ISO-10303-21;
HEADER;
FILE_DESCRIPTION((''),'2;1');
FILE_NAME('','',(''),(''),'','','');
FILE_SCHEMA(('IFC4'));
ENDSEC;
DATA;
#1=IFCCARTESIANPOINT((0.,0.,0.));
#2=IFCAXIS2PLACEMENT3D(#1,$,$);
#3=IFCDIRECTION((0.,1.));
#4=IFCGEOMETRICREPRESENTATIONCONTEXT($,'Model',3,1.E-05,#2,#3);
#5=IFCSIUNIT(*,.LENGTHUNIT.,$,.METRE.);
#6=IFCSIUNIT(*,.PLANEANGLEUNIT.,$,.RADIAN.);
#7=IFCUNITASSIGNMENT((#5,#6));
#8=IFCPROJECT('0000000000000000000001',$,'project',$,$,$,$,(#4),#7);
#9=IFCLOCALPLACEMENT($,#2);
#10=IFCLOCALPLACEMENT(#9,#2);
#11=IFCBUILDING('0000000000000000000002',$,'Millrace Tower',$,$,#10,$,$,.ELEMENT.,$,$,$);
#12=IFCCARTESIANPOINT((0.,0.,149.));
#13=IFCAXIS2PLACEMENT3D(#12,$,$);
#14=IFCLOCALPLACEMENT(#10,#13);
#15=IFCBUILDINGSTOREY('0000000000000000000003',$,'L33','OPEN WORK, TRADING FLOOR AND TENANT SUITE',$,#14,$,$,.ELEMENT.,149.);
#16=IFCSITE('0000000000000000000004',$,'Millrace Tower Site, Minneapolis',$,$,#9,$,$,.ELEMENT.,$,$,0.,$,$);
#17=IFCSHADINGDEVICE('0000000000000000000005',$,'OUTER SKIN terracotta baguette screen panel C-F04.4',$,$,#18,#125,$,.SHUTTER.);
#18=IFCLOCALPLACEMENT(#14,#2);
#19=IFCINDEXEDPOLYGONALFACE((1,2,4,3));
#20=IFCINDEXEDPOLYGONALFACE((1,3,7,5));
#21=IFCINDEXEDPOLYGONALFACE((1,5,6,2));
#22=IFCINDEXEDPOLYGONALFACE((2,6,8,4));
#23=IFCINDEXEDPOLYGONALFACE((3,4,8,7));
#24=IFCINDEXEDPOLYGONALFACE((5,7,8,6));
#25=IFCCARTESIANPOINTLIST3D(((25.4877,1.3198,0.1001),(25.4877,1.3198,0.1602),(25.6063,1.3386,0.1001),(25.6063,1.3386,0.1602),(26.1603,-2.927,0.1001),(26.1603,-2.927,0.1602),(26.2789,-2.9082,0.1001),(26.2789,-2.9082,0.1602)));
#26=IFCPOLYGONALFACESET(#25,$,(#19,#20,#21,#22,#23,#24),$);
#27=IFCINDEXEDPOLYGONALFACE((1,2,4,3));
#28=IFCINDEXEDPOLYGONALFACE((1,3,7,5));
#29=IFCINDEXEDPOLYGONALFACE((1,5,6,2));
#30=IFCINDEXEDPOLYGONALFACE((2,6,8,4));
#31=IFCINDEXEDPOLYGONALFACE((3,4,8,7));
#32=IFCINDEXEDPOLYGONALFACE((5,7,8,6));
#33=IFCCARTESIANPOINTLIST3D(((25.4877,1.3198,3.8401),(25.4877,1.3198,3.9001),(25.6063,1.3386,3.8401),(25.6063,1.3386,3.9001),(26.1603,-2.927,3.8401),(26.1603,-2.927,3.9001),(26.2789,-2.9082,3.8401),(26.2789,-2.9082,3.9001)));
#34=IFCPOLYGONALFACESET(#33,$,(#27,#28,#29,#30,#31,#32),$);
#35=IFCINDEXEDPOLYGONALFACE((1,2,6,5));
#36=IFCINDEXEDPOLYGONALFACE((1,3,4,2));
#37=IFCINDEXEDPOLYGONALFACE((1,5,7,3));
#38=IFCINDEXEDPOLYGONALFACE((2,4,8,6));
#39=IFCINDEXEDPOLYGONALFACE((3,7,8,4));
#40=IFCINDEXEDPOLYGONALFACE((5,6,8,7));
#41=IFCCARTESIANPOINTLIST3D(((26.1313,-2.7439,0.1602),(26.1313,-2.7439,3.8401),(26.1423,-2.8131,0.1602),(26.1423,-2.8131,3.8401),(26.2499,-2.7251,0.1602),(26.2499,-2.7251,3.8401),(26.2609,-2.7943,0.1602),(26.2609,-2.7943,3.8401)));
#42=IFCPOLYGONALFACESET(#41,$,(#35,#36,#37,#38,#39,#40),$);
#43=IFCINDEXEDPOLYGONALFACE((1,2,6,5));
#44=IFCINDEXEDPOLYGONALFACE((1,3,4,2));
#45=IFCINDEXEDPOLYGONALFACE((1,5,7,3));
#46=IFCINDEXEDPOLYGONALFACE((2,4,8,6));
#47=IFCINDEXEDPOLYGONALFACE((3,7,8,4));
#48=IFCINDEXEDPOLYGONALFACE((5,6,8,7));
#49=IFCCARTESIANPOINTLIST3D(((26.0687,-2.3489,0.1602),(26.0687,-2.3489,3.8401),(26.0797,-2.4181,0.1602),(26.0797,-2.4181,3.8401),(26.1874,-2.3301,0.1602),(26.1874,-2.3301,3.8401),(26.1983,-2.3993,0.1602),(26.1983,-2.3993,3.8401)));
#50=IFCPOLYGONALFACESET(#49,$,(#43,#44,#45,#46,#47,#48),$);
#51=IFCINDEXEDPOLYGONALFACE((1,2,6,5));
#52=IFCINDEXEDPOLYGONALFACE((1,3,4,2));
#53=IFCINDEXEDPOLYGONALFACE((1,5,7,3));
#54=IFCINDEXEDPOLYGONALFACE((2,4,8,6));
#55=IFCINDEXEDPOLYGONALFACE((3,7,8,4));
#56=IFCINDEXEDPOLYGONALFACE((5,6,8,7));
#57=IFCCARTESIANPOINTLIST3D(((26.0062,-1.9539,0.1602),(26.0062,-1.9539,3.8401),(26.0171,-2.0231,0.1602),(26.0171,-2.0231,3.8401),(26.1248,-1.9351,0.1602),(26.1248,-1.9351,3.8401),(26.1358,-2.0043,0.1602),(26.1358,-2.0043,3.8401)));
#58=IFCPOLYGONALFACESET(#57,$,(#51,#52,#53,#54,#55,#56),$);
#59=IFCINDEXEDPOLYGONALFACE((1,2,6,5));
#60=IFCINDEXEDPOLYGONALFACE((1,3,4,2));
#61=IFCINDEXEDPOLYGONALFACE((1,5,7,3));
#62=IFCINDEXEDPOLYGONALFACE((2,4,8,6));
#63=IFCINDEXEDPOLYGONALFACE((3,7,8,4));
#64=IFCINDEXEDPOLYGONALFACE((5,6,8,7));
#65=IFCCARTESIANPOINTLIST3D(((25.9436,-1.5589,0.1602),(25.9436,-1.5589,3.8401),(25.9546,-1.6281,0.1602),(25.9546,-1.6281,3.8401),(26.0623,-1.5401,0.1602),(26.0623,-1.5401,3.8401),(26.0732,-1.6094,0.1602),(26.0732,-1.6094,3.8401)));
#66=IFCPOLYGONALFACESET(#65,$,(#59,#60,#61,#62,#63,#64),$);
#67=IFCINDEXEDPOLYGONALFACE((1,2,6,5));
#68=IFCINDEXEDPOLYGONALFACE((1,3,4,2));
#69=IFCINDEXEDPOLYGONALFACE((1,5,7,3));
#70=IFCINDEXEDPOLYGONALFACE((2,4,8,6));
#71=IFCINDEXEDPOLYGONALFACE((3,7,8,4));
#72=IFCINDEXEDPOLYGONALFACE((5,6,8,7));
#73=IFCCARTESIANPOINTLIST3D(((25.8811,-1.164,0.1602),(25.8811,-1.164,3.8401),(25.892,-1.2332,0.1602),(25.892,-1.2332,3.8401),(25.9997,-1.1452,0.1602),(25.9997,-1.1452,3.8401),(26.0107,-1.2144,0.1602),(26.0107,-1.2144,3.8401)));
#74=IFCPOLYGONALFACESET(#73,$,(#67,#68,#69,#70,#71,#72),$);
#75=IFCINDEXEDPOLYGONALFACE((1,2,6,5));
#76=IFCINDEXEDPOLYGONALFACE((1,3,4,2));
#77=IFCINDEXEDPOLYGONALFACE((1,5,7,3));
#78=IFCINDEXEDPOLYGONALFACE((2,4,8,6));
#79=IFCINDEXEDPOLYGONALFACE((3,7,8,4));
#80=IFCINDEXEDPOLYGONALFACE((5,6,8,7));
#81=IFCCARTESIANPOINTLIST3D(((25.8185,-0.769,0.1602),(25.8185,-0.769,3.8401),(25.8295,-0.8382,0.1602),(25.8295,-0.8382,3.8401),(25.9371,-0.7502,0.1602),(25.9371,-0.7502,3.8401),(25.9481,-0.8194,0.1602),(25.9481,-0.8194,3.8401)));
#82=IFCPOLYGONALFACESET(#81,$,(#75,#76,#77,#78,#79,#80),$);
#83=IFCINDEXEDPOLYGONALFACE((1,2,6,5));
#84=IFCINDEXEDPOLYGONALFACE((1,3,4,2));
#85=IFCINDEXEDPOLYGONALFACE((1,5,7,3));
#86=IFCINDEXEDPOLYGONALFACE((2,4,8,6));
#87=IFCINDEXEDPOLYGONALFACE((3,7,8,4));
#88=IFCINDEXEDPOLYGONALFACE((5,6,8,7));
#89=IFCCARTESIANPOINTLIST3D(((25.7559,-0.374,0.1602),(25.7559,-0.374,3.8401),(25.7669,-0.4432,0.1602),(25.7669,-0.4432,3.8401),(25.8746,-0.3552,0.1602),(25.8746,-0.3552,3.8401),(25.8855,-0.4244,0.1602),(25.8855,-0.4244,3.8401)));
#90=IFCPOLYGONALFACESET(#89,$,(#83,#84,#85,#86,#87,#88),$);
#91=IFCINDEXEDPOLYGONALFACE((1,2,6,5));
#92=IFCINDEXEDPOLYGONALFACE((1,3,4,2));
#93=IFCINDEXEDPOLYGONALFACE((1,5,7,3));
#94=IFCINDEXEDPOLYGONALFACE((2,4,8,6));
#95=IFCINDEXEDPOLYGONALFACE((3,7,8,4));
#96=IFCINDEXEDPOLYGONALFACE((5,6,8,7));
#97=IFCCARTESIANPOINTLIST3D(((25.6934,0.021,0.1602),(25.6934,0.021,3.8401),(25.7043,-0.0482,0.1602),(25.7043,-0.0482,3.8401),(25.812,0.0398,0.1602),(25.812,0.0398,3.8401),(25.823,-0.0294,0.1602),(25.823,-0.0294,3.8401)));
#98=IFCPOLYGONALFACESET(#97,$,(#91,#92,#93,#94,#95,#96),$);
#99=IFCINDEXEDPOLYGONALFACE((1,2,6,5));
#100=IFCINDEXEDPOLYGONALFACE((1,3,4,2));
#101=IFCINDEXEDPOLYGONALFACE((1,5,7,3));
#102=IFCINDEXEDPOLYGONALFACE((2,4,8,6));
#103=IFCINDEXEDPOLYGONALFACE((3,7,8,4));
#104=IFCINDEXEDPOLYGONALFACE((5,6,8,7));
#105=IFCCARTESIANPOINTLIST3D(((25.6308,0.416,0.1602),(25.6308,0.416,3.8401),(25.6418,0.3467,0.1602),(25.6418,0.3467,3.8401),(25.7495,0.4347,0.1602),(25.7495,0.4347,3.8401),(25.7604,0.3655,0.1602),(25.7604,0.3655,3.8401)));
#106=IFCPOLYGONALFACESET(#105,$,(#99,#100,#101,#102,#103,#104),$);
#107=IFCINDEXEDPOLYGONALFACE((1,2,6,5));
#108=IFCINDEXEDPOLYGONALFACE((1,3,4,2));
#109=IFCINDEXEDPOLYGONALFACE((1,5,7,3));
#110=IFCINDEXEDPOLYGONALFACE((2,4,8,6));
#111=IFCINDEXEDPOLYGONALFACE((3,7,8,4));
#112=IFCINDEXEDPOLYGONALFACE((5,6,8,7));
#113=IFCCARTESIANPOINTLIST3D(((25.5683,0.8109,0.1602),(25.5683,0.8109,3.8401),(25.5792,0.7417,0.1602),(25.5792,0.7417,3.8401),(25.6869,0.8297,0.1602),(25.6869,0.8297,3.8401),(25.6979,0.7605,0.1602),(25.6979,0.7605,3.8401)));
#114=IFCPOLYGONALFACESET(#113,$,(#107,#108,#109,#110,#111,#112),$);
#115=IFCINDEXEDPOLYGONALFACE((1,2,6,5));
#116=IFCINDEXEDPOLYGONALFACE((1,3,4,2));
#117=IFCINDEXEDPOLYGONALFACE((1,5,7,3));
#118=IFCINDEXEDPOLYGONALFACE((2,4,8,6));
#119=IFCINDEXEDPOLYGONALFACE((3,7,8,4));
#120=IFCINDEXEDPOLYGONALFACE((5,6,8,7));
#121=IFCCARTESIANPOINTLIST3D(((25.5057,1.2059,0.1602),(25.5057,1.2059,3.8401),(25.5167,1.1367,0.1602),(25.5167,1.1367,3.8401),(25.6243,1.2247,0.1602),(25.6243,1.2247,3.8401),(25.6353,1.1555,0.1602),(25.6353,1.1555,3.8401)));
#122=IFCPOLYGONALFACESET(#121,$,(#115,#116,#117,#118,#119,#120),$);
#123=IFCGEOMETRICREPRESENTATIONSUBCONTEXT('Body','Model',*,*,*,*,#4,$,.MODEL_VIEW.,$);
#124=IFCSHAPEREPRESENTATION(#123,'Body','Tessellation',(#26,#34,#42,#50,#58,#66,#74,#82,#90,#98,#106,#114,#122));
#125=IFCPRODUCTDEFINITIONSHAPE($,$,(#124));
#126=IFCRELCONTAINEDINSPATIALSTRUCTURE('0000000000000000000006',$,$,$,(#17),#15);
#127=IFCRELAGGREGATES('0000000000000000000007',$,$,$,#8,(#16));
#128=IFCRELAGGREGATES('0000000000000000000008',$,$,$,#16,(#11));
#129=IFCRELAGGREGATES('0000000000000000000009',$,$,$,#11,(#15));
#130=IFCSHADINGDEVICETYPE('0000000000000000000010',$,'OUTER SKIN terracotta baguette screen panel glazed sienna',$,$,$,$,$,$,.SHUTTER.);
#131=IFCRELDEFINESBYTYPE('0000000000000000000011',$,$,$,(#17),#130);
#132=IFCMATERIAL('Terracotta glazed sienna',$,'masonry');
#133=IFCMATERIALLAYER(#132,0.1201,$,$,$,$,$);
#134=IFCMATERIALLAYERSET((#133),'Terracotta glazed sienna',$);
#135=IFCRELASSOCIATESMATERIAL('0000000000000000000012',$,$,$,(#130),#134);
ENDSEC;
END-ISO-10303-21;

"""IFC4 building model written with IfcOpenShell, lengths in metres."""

from ifc_helpers import new_model, entity, si_unit, direction, frame, frame_2d, origin, origin_2d, place, context, subcontext, project, spatial, rectangle, extrude, source, transform, mapped, material, layer, layer_set, type_object, element, save


model = new_model("IFC4")

# Units and contexts
model_context = context("Model", 3, precision=1e-05, world=origin(), true_north=direction((0.0, 1.0)))
body_context = subcontext(model_context, "Body", "Model", "MODEL_VIEW")
ifc_project = project(units=[si_unit("LENGTHUNIT", "METRE"), si_unit("PLANEANGLEUNIT", "RADIAN")], contexts=[model_context])

# Site, building, storey
site_placement = place(None, origin())
site = spatial("IfcSite", under=ifc_project, at=site_placement, Name="Millrace Tower Site, Minneapolis", CompositionType="ELEMENT", RefElevation=0.0)
building_placement = place(site_placement, origin())
building = spatial("IfcBuilding", under=site, at=building_placement, Name="Millrace Tower", CompositionType="ELEMENT")
storey_placement = place(building_placement, frame((0.0, 0.0, 149.0)))
storey = spatial("IfcBuildingStorey", under=building, at=storey_placement, Name="L33", Description="OPEN WORK, TRADING FLOOR AND TENANT SUITE", CompositionType="ELEMENT", Elevation=149.0)

# Shading device
ifc_material_1 = material(Name="Terracotta glazed sienna", Category="masonry")
ifc_layer_1 = layer(ifc_material_1, 0.1201)
ifc_layer_set_1 = layer_set([ifc_layer_1], Name="Terracotta glazed sienna")
shading_device_type = type_object("IfcShadingDeviceType", Name="OUTER SKIN terracotta baguette screen panel glazed sienna", PredefinedType="SHUTTER", material=ifc_layer_set_1)
cartesian_point = entity("IfcCartesianPoint", [-2.1499, 0.0601])
shared_polyline = entity("IfcPolyline", [cartesian_point, entity("IfcCartesianPoint", [2.1499, 0.0601]), entity("IfcCartesianPoint", [2.1499, -0.0601]), entity("IfcCartesianPoint", [-2.1499, -0.0601]), cartesian_point])
shared_shape = source(origin(), body_context, "Body", "SweptSolid", [
    entity("IfcExtrudedAreaSolid", entity("IfcArbitraryClosedProfileDef", "AREA", None, shared_polyline), entity("IfcAxis2Placement3D", entity("IfcCartesianPoint", [0.0, 0.0, 0.0])), entity("IfcDirection", [0.0, 0.0, 1.0]), 0.0601),
    entity("IfcExtrudedAreaSolid", entity("IfcArbitraryClosedProfileDef", "AREA", None, shared_polyline), entity("IfcAxis2Placement3D", entity("IfcCartesianPoint", [0.0, 0.0, 3.74])), entity("IfcDirection", [0.0, 0.0, 1.0]), 0.0601),
    extrude(rectangle(XDim=0.0701, YDim=0.1201, at=frame_2d((-1.9995, 0.0))), frame((0.0, 0.0, 0.0601)), (0.0, 0.0, 1.0), 3.6799),
    extrude(rectangle(XDim=0.0701, YDim=0.1201, at=frame_2d((-1.5996, 0.0))), frame((0.0, 0.0, 0.0601)), (0.0, 0.0, 1.0), 3.6799),
    extrude(rectangle(XDim=0.0701, YDim=0.1201, at=frame_2d((-1.1997, 0.0))), frame((0.0, 0.0, 0.0601)), (0.0, 0.0, 1.0), 3.6799),
    extrude(rectangle(XDim=0.0701, YDim=0.1201, at=frame_2d((-0.7998, 0.0))), frame((0.0, 0.0, 0.0601)), (0.0, 0.0, 1.0), 3.6799),
    extrude(rectangle(XDim=0.0701, YDim=0.1201, at=frame_2d((-0.3999, 0.0))), frame((0.0, 0.0, 0.0601)), (0.0, 0.0, 1.0), 3.6799),
    extrude(rectangle(XDim=0.0701, YDim=0.1201, at=origin_2d()), frame((0.0, 0.0, 0.0601)), (0.0, 0.0, 1.0), 3.6799),
    extrude(rectangle(XDim=0.0701, YDim=0.1201, at=frame_2d((0.3999, 0.0))), frame((0.0, 0.0, 0.0601)), (0.0, 0.0, 1.0), 3.6799),
    extrude(rectangle(XDim=0.0701, YDim=0.1201, at=frame_2d((0.7998, 0.0))), frame((0.0, 0.0, 0.0601)), (0.0, 0.0, 1.0), 3.6799),
    extrude(rectangle(XDim=0.0701, YDim=0.1201, at=frame_2d((1.1997, 0.0))), frame((0.0, 0.0, 0.0601)), (0.0, 0.0, 1.0), 3.6799),
    extrude(rectangle(XDim=0.0701, YDim=0.1201, at=frame_2d((1.5996, 0.0))), frame((0.0, 0.0, 0.0601)), (0.0, 0.0, 1.0), 3.6799),
    extrude(rectangle(XDim=0.0701, YDim=0.1201, at=frame_2d((1.9995, 0.0))), frame((0.0, 0.0, 0.0601)), (0.0, 0.0, 1.0), 3.6799),
])
for number, where, z_axis, x_axis, name in (
    (1, (25.8833, -0.7942, 0.1001), (0.0, 0.0, 1.0), (-0.156434, 0.987688, 0.0), "OUTER SKIN terracotta baguette screen panel C-F04.4"),
):
    element("IfcShadingDevice", number, at=place(storey_placement, frame(where, z_axis=z_axis, x_axis=x_axis)), inside=storey, type_object=shading_device_type, Name=name, PredefinedType="SHUTTER", context=body_context, shape_type="MappedRepresentation", body=[
        mapped(shared_shape, transform((0.0, 0.0, 0.0), scale=1.0)),
    ])

save(model, "model.ifc")
